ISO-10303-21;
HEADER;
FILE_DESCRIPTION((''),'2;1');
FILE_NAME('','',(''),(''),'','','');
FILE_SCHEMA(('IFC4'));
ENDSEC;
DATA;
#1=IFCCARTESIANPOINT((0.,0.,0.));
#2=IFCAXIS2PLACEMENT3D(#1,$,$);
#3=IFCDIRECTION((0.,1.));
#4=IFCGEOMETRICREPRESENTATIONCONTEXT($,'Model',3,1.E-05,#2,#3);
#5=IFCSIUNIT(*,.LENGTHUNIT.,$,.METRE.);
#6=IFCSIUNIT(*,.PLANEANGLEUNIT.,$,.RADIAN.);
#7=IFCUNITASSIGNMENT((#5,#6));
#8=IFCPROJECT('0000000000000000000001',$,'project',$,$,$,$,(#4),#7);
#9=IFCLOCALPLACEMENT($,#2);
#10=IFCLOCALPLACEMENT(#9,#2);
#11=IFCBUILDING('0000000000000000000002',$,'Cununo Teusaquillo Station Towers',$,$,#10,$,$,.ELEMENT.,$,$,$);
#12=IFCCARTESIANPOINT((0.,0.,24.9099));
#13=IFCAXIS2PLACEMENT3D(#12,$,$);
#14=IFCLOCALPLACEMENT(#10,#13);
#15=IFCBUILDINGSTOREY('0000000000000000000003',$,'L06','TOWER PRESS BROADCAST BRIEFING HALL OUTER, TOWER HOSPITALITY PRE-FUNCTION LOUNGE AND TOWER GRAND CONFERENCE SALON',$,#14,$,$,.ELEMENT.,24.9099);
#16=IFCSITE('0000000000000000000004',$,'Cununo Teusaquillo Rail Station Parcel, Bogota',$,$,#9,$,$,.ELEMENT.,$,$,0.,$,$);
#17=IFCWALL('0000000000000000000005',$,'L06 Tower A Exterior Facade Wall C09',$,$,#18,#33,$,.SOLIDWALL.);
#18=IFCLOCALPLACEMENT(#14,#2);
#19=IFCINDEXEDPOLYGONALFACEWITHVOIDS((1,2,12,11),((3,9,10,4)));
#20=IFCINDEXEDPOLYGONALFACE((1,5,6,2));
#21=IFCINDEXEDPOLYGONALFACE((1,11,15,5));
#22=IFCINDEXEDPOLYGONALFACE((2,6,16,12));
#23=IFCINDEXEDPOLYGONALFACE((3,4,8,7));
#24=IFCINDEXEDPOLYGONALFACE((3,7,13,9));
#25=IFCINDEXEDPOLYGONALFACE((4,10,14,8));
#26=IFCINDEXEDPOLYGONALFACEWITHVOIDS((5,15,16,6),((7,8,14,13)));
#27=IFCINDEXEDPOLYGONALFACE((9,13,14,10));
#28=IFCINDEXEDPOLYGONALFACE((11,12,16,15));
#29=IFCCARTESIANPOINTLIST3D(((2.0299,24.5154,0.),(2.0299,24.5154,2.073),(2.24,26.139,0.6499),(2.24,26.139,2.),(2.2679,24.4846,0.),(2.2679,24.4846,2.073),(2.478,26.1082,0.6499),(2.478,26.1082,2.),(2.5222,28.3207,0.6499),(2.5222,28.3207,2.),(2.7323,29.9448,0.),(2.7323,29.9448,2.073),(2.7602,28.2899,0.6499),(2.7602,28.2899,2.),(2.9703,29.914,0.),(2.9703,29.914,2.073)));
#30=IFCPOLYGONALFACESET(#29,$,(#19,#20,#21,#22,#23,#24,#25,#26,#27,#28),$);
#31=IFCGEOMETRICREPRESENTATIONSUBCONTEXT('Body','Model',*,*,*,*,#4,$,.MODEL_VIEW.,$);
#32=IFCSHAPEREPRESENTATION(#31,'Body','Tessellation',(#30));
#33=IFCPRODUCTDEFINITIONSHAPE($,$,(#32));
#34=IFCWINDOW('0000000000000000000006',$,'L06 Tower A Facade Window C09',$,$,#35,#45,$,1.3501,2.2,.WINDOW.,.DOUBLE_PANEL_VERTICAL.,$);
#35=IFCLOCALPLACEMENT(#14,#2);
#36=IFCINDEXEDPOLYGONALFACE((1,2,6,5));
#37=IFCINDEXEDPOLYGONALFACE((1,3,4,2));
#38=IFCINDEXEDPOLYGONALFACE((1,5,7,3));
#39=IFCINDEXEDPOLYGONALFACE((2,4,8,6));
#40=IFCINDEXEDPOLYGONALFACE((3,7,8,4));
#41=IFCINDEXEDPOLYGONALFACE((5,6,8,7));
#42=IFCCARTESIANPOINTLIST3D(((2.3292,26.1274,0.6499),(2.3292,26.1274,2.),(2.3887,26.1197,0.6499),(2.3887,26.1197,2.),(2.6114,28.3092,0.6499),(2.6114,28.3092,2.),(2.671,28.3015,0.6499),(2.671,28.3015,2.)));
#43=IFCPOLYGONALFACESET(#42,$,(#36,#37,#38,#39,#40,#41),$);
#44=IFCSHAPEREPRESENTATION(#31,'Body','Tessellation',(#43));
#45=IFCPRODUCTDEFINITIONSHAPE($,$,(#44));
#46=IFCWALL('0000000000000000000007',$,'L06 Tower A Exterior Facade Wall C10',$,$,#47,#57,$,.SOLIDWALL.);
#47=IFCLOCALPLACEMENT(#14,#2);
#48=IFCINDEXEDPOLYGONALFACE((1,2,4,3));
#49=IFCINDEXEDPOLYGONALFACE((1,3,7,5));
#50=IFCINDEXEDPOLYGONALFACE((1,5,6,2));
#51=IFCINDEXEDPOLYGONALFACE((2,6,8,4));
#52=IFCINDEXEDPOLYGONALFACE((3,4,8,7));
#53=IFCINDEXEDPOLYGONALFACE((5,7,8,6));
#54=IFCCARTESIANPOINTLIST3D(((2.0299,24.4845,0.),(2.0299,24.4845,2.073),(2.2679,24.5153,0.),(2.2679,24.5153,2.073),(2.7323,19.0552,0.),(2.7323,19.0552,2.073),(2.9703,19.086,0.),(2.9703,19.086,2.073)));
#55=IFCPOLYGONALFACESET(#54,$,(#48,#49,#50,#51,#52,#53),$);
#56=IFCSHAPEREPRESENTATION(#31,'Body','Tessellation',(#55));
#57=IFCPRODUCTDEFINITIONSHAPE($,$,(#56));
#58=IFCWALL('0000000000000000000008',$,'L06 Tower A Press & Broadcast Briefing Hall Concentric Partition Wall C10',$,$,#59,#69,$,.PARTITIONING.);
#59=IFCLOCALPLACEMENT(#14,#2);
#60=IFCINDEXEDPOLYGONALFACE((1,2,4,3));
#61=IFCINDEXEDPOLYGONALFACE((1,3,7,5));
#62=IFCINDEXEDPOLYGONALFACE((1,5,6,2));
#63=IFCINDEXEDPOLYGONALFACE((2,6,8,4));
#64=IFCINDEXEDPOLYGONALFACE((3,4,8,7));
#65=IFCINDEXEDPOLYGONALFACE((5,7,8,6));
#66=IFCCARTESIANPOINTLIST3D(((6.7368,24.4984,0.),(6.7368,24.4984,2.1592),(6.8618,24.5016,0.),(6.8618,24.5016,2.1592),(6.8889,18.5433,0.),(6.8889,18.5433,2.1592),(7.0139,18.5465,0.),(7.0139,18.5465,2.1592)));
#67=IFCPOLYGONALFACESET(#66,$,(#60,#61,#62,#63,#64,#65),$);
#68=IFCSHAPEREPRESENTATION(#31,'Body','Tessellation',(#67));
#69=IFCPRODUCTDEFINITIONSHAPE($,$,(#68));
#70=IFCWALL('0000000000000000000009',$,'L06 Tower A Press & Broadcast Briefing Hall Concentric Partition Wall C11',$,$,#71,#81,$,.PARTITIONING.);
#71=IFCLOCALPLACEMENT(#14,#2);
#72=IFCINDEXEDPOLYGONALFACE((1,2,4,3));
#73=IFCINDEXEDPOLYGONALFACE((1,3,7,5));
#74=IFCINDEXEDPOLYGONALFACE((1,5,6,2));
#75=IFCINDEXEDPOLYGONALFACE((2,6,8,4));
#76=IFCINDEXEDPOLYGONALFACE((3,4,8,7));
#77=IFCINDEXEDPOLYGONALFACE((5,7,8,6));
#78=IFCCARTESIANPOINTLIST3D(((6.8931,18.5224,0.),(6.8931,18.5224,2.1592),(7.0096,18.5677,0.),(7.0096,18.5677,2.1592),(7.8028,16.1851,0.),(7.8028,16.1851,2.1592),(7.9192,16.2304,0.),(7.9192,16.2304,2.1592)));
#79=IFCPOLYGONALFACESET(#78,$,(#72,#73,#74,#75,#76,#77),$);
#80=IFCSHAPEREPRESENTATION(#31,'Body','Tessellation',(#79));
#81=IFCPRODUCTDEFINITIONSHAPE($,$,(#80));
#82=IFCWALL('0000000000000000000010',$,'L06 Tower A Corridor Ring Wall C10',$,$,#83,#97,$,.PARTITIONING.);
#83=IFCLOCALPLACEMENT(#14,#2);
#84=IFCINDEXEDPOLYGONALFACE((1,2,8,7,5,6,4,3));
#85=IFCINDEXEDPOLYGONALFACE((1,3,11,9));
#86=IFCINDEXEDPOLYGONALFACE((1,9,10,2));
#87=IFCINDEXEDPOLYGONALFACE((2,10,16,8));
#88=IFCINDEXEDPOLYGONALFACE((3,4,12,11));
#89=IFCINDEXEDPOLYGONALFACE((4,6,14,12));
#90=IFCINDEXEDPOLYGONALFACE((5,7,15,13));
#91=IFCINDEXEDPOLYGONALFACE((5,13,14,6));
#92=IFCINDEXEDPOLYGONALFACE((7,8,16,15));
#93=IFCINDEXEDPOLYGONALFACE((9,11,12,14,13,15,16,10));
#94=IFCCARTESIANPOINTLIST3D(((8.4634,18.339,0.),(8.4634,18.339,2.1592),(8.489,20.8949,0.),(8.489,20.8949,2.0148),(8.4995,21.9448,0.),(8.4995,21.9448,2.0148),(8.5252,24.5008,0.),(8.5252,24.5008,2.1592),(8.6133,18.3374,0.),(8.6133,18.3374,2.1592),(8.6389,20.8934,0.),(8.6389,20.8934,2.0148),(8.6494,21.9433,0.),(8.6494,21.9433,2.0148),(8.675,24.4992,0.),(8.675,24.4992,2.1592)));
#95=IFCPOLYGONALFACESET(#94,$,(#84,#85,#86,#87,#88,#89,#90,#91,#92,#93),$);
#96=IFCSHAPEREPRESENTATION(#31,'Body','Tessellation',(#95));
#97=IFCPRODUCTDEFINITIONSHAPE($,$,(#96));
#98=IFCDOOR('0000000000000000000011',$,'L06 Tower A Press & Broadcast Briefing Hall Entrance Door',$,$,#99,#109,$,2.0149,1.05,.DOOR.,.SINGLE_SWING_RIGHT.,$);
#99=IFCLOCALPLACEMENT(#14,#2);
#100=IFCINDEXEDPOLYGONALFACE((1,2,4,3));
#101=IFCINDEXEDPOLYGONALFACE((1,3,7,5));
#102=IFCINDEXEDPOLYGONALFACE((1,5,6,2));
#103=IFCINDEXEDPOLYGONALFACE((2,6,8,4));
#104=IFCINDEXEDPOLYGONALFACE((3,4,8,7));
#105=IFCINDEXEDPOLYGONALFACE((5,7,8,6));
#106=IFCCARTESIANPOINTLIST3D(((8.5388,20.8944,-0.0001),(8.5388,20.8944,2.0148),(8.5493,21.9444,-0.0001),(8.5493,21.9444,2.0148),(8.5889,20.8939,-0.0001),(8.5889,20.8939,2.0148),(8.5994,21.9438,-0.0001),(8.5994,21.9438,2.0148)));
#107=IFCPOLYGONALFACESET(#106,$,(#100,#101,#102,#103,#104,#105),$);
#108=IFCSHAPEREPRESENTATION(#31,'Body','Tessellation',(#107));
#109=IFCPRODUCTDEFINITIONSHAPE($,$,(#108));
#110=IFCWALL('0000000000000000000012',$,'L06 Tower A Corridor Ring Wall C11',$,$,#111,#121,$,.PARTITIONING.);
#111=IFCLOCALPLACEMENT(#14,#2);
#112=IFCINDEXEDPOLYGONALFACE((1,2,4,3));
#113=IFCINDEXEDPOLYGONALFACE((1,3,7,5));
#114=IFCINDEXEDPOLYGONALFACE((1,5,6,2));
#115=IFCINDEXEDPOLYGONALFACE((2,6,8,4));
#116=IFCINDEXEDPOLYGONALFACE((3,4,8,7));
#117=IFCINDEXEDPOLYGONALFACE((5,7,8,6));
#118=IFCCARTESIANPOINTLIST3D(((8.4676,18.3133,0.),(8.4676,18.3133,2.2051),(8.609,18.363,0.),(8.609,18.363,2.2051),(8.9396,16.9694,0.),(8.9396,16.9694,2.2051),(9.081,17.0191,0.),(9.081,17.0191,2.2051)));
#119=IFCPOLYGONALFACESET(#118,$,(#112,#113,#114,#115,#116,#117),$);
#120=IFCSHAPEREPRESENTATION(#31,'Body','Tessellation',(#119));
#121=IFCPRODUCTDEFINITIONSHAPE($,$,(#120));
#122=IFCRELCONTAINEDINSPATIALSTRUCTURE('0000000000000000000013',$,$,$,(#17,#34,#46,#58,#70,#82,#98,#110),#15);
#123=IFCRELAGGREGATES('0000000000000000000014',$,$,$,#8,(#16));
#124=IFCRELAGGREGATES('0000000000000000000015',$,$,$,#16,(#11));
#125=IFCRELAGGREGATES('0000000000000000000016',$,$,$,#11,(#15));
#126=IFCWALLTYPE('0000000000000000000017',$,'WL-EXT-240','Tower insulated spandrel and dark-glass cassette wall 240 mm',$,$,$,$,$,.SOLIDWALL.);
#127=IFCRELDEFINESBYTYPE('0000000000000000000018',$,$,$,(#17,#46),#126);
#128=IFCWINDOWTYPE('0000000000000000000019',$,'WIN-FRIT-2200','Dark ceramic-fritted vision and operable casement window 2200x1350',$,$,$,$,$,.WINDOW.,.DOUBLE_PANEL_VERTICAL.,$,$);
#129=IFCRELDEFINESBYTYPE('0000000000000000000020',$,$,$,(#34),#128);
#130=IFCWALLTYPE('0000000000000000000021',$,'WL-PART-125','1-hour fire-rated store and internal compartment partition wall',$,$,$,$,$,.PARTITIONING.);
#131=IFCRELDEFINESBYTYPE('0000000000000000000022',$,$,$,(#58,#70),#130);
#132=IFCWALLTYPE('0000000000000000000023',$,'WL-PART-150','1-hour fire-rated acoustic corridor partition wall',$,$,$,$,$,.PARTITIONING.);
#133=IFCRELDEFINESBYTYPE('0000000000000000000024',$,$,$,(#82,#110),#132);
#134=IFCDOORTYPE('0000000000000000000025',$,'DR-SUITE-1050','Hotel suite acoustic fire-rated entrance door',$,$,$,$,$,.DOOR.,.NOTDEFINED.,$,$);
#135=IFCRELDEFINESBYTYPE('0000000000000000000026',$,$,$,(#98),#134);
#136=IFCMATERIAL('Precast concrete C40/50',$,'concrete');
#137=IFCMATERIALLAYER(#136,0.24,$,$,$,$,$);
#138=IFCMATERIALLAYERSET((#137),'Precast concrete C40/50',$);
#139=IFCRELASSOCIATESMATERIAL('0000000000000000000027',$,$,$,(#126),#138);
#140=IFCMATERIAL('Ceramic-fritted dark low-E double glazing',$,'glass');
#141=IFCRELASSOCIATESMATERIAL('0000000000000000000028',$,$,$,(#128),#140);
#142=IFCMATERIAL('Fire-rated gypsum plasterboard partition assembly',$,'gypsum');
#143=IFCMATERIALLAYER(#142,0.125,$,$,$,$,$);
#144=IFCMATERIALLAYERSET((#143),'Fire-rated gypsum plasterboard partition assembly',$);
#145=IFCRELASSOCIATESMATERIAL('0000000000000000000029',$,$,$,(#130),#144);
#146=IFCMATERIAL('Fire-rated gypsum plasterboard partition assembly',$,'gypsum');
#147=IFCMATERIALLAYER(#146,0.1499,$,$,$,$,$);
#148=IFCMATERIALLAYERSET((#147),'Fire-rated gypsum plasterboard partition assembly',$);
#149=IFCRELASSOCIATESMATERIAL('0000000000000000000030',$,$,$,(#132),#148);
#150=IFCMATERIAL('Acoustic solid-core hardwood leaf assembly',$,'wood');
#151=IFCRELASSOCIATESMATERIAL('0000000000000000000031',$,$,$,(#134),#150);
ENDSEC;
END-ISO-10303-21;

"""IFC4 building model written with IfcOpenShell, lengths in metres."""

from ifc_helpers import new_model, si_unit, direction, frame, frame_2d, origin, place, context, subcontext, project, spatial, rectangle, extrude, source, transform, mapped, material, layer, layer_set, type_object, element, fill, save


model = new_model("IFC4")

# Units and contexts
model_context = context("Model", 3, precision=1e-05, world=origin(), true_north=direction((0.0, 1.0)))
body_context = subcontext(model_context, "Body", "Model", "MODEL_VIEW")
ifc_project = project(units=[si_unit("LENGTHUNIT", "METRE"), si_unit("PLANEANGLEUNIT", "RADIAN")], contexts=[model_context])

# Site, building, storey
site_placement = place(None, origin())
site = spatial("IfcSite", under=ifc_project, at=site_placement, Name="Cununo Teusaquillo Rail Station Parcel, Bogota", CompositionType="ELEMENT", RefElevation=0.0)
building_placement = place(site_placement, origin())
building = spatial("IfcBuilding", under=site, at=building_placement, Name="Cununo Teusaquillo Station Towers", CompositionType="ELEMENT")
storey_placement = place(building_placement, frame((0.0, 0.0, 24.9099)))
storey = spatial("IfcBuildingStorey", under=building, at=storey_placement, Name="L06", Description="TOWER PRESS BROADCAST BRIEFING HALL OUTER, TOWER HOSPITALITY PRE-FUNCTION LOUNGE AND TOWER GRAND CONFERENCE SALON", CompositionType="ELEMENT", Elevation=24.9099)

# Wall, opening, window
ifc_material_1 = material(Name="Precast concrete C40/50", Category="concrete")
ifc_layer_1 = layer(ifc_material_1, 0.24)
ifc_layer_set_1 = layer_set([ifc_layer_1], Name="Precast concrete C40/50")
wall_type_1 = type_object("IfcWallType", Name="WL-EXT-240", Description="Tower insulated spandrel and dark-glass cassette wall 240 mm", PredefinedType="SOLIDWALL", material=ifc_layer_set_1)
wall_1_placement = place(storey_placement, frame((2.1489, 24.5, 0.0), z_axis=(0.0, 0.0, 1.0), x_axis=(0.128298, 0.991736, 0.0)))
wall_1 = element("IfcWall", 1, at=wall_1_placement, inside=storey, type_object=wall_type_1, Name="L06 Tower A Exterior Facade Wall C09", PredefinedType="SOLIDWALL", context=body_context, shape_type="SweptSolid", body=[
    extrude(rectangle(XDim=5.4746, YDim=0.24, at=frame_2d((2.7373, 0.0))), origin(), (0.0, 0.0, 1.0), 2.073),
])
shared_shape_1 = source(origin(), body_context, "Body", "SweptSolid", [
    extrude(rectangle(XDim=2.2, YDim=1.3501, at=frame_2d((1.1001, 0.675))), frame((0.0, 0.1299, 0.0), z_axis=(0.0, -1.0, 0.0), x_axis=(1.0, 0.0, 0.0)), (0.0, 0.0, 1.0), 0.26),
])
opening_1_placement = place(wall_1_placement, frame((1.637, 0.0, 0.6499)))
opening_1 = element("IfcOpeningElement", 2, at=opening_1_placement, cuts=wall_1, PredefinedType="OPENING", context=body_context, shape_type="MappedRepresentation", body=[
    mapped(shared_shape_1, transform((0.0, 0.0, 0.0), x_axis=(1.0, 0.0, 0.0), y_axis=(0.0, 1.0, 0.0), z_axis=(0.0, 0.0, 1.0), scale=1.0)),
])
ifc_material_2 = material(Name="Ceramic-fritted dark low-E double glazing", Category="glass")
window_type = type_object("IfcWindowType", Name="WIN-FRIT-2200", Description="Dark ceramic-fritted vision and operable casement window 2200x1350", PartitioningType="DOUBLE_PANEL_VERTICAL", PredefinedType="WINDOW", material=ifc_material_2)
shared_shape_2 = source(origin(), body_context, "Body", "SweptSolid", [
    extrude(rectangle(XDim=2.2, YDim=1.3501, at=frame_2d((1.1001, 0.675))), frame((0.0, 0.03, 0.0), z_axis=(0.0, -1.0, 0.0), x_axis=(1.0, 0.0, 0.0)), (0.0, 0.0, 1.0), 0.0601),
])
window_placement = place(opening_1_placement, origin())
window = element("IfcWindow", 3, at=window_placement, inside=storey, type_object=window_type, Name="L06 Tower A Facade Window C09", OverallHeight=1.3501, OverallWidth=2.2, PartitioningType="DOUBLE_PANEL_VERTICAL", PredefinedType="WINDOW", context=body_context, shape_type="MappedRepresentation", body=[
    mapped(shared_shape_2, transform((0.0, 0.0, 0.0), x_axis=(1.0, 0.0, 0.0), y_axis=(0.0, 1.0, 0.0), z_axis=(0.0, 0.0, 1.0), scale=1.0)),
])
fill(opening_1, window)

# Walls
wall_2_placement = place(storey_placement, frame((2.8513, 19.0706, 0.0), z_axis=(0.0, 0.0, 1.0), x_axis=(-0.128298, 0.991736, 0.0)))
element("IfcWall", 4, at=wall_2_placement, inside=storey, type_object=wall_type_1, Name="L06 Tower A Exterior Facade Wall C10", PredefinedType="SOLIDWALL", context=body_context, shape_type="SweptSolid", body=[
    extrude(rectangle(XDim=5.4746, YDim=0.24, at=frame_2d((2.7373, 0.0))), origin(), (0.0, 0.0, 1.0), 2.073),
])
ifc_material_3 = material(Name="Fire-rated gypsum plasterboard partition assembly", Category="gypsum")
ifc_layer_2 = layer(ifc_material_3, 0.125)
ifc_layer_set_2 = layer_set([ifc_layer_2], Name="Fire-rated gypsum plasterboard partition assembly")
wall_type_2 = type_object("IfcWallType", Name="WL-PART-125", Description="1-hour fire-rated store and internal compartment partition wall", PredefinedType="PARTITIONING", material=ifc_layer_set_2)
wall_3_placement = place(storey_placement, frame((6.7993, 24.5, 0.0), z_axis=(0.0, 0.0, 1.0), x_axis=(0.025533, -0.999674, 0.0)))
element("IfcWall", 5, at=wall_3_placement, inside=storey, type_object=wall_type_2, Name="L06 Tower A Press & Broadcast Briefing Hall Concentric Partition Wall C10", PredefinedType="PARTITIONING", context=body_context, shape_type="SweptSolid", body=[
    extrude(rectangle(XDim=5.957, YDim=0.125, at=frame_2d((2.9785, 0.0))), origin(), (0.0, 0.0, 1.0), 2.1592),
])
wall_4_placement = place(storey_placement, frame((6.9514, 18.5449, 0.0), z_axis=(0.0, 0.0, 1.0), x_axis=(0.362681, -0.931913, 0.0)))
element("IfcWall", 6, at=wall_4_placement, inside=storey, type_object=wall_type_2, Name="L06 Tower A Press & Broadcast Briefing Hall Concentric Partition Wall C11", PredefinedType="PARTITIONING", context=body_context, shape_type="SweptSolid", body=[
    extrude(rectangle(XDim=2.5081, YDim=0.125, at=frame_2d((1.2539, 0.0))), origin(), (0.0, 0.0, 1.0), 2.1592),
])

# Wall, opening, door
ifc_material_4 = material(Name="Fire-rated gypsum plasterboard partition assembly", Category="gypsum")
ifc_layer_3 = layer(ifc_material_4, 0.1499)
ifc_layer_set_3 = layer_set([ifc_layer_3], Name="Fire-rated gypsum plasterboard partition assembly")
wall_type_3 = type_object("IfcWallType", Name="WL-PART-150", Description="1-hour fire-rated acoustic corridor partition wall", PredefinedType="PARTITIONING", material=ifc_layer_set_3)
wall_5_placement = place(storey_placement, frame((8.6001, 24.5, 0.0), z_axis=(0.0, 0.0, 1.0), x_axis=(-0.010024, -0.99995, 0.0)))
wall_5 = element("IfcWall", 7, at=wall_5_placement, inside=storey, type_object=wall_type_3, Name="L06 Tower A Corridor Ring Wall C10", PredefinedType="PARTITIONING", context=body_context, shape_type="SweptSolid", body=[
    extrude(rectangle(XDim=6.1621, YDim=0.1499, at=frame_2d((3.0811, 0.0))), origin(), (0.0, 0.0, 1.0), 2.1592),
])
shared_shape_3 = source(origin(), body_context, "Body", "SweptSolid", [
    extrude(rectangle(XDim=1.05, YDim=2.0149, at=frame_2d((0.5249, 1.0073))), frame((0.0, 0.085, 0.0), z_axis=(0.0, -1.0, 0.0), x_axis=(1.0, 0.0, 0.0)), (0.0, 0.0, 1.0), 0.1699),
])
opening_2_placement = place(wall_5_placement, frame((2.5562, 0.0, 0.0)))
opening_2 = element("IfcOpeningElement", 8, at=opening_2_placement, cuts=wall_5, PredefinedType="OPENING", context=body_context, shape_type="MappedRepresentation", body=[
    mapped(shared_shape_3, transform((0.0, 0.0, 0.0), x_axis=(1.0, 0.0, 0.0), y_axis=(0.0, 1.0, 0.0), z_axis=(0.0, 0.0, 1.0), scale=1.0)),
])
ifc_material_5 = material(Name="Acoustic solid-core hardwood leaf assembly", Category="wood")
door_type_1 = type_object("IfcDoorType", Name="DR-SUITE-1050", Description="Hotel suite acoustic fire-rated entrance door", OperationType="NOTDEFINED", PredefinedType="DOOR", material=ifc_material_5)
shared_shape_4 = source(origin(), body_context, "Body", "SweptSolid", [
    extrude(rectangle(XDim=1.05, YDim=2.0149, at=frame_2d((0.5249, 1.0073))), frame((0.0, 0.0249, 0.0), z_axis=(0.0, -1.0, 0.0), x_axis=(1.0, 0.0, 0.0)), (0.0, 0.0, 1.0), 0.05),
])
door_1_placement = place(opening_2_placement, origin())
door_1 = element("IfcDoor", 9, at=door_1_placement, inside=storey, type_object=door_type_1, Name="L06 Tower A Press & Broadcast Briefing Hall Entrance Door", OperationType="SINGLE_SWING_RIGHT", OverallHeight=2.0149, OverallWidth=1.05, PredefinedType="DOOR", context=body_context, shape_type="MappedRepresentation", body=[
    mapped(shared_shape_4, transform((0.0, 0.0, 0.0), x_axis=(1.0, 0.0, 0.0), y_axis=(0.0, 1.0, 0.0), z_axis=(0.0, 0.0, 1.0), scale=1.0)),
])
fill(opening_2, door_1)

# Wall
wall_6_placement = place(storey_placement, frame((8.5383, 18.3381, 0.0), z_axis=(0.0, 0.0, 1.0), x_axis=(0.331358, -0.943505, 0.0)))
element("IfcWall", 10, at=wall_6_placement, inside=storey, type_object=wall_type_3, Name="L06 Tower A Corridor Ring Wall C11", PredefinedType="PARTITIONING", context=body_context, shape_type="SweptSolid", body=[
    extrude(rectangle(XDim=1.4243, YDim=0.1499, at=frame_2d((0.7122, 0.0))), origin(), (0.0, 0.0, 1.0), 2.2051),
])

save(model, "model.ifc")
